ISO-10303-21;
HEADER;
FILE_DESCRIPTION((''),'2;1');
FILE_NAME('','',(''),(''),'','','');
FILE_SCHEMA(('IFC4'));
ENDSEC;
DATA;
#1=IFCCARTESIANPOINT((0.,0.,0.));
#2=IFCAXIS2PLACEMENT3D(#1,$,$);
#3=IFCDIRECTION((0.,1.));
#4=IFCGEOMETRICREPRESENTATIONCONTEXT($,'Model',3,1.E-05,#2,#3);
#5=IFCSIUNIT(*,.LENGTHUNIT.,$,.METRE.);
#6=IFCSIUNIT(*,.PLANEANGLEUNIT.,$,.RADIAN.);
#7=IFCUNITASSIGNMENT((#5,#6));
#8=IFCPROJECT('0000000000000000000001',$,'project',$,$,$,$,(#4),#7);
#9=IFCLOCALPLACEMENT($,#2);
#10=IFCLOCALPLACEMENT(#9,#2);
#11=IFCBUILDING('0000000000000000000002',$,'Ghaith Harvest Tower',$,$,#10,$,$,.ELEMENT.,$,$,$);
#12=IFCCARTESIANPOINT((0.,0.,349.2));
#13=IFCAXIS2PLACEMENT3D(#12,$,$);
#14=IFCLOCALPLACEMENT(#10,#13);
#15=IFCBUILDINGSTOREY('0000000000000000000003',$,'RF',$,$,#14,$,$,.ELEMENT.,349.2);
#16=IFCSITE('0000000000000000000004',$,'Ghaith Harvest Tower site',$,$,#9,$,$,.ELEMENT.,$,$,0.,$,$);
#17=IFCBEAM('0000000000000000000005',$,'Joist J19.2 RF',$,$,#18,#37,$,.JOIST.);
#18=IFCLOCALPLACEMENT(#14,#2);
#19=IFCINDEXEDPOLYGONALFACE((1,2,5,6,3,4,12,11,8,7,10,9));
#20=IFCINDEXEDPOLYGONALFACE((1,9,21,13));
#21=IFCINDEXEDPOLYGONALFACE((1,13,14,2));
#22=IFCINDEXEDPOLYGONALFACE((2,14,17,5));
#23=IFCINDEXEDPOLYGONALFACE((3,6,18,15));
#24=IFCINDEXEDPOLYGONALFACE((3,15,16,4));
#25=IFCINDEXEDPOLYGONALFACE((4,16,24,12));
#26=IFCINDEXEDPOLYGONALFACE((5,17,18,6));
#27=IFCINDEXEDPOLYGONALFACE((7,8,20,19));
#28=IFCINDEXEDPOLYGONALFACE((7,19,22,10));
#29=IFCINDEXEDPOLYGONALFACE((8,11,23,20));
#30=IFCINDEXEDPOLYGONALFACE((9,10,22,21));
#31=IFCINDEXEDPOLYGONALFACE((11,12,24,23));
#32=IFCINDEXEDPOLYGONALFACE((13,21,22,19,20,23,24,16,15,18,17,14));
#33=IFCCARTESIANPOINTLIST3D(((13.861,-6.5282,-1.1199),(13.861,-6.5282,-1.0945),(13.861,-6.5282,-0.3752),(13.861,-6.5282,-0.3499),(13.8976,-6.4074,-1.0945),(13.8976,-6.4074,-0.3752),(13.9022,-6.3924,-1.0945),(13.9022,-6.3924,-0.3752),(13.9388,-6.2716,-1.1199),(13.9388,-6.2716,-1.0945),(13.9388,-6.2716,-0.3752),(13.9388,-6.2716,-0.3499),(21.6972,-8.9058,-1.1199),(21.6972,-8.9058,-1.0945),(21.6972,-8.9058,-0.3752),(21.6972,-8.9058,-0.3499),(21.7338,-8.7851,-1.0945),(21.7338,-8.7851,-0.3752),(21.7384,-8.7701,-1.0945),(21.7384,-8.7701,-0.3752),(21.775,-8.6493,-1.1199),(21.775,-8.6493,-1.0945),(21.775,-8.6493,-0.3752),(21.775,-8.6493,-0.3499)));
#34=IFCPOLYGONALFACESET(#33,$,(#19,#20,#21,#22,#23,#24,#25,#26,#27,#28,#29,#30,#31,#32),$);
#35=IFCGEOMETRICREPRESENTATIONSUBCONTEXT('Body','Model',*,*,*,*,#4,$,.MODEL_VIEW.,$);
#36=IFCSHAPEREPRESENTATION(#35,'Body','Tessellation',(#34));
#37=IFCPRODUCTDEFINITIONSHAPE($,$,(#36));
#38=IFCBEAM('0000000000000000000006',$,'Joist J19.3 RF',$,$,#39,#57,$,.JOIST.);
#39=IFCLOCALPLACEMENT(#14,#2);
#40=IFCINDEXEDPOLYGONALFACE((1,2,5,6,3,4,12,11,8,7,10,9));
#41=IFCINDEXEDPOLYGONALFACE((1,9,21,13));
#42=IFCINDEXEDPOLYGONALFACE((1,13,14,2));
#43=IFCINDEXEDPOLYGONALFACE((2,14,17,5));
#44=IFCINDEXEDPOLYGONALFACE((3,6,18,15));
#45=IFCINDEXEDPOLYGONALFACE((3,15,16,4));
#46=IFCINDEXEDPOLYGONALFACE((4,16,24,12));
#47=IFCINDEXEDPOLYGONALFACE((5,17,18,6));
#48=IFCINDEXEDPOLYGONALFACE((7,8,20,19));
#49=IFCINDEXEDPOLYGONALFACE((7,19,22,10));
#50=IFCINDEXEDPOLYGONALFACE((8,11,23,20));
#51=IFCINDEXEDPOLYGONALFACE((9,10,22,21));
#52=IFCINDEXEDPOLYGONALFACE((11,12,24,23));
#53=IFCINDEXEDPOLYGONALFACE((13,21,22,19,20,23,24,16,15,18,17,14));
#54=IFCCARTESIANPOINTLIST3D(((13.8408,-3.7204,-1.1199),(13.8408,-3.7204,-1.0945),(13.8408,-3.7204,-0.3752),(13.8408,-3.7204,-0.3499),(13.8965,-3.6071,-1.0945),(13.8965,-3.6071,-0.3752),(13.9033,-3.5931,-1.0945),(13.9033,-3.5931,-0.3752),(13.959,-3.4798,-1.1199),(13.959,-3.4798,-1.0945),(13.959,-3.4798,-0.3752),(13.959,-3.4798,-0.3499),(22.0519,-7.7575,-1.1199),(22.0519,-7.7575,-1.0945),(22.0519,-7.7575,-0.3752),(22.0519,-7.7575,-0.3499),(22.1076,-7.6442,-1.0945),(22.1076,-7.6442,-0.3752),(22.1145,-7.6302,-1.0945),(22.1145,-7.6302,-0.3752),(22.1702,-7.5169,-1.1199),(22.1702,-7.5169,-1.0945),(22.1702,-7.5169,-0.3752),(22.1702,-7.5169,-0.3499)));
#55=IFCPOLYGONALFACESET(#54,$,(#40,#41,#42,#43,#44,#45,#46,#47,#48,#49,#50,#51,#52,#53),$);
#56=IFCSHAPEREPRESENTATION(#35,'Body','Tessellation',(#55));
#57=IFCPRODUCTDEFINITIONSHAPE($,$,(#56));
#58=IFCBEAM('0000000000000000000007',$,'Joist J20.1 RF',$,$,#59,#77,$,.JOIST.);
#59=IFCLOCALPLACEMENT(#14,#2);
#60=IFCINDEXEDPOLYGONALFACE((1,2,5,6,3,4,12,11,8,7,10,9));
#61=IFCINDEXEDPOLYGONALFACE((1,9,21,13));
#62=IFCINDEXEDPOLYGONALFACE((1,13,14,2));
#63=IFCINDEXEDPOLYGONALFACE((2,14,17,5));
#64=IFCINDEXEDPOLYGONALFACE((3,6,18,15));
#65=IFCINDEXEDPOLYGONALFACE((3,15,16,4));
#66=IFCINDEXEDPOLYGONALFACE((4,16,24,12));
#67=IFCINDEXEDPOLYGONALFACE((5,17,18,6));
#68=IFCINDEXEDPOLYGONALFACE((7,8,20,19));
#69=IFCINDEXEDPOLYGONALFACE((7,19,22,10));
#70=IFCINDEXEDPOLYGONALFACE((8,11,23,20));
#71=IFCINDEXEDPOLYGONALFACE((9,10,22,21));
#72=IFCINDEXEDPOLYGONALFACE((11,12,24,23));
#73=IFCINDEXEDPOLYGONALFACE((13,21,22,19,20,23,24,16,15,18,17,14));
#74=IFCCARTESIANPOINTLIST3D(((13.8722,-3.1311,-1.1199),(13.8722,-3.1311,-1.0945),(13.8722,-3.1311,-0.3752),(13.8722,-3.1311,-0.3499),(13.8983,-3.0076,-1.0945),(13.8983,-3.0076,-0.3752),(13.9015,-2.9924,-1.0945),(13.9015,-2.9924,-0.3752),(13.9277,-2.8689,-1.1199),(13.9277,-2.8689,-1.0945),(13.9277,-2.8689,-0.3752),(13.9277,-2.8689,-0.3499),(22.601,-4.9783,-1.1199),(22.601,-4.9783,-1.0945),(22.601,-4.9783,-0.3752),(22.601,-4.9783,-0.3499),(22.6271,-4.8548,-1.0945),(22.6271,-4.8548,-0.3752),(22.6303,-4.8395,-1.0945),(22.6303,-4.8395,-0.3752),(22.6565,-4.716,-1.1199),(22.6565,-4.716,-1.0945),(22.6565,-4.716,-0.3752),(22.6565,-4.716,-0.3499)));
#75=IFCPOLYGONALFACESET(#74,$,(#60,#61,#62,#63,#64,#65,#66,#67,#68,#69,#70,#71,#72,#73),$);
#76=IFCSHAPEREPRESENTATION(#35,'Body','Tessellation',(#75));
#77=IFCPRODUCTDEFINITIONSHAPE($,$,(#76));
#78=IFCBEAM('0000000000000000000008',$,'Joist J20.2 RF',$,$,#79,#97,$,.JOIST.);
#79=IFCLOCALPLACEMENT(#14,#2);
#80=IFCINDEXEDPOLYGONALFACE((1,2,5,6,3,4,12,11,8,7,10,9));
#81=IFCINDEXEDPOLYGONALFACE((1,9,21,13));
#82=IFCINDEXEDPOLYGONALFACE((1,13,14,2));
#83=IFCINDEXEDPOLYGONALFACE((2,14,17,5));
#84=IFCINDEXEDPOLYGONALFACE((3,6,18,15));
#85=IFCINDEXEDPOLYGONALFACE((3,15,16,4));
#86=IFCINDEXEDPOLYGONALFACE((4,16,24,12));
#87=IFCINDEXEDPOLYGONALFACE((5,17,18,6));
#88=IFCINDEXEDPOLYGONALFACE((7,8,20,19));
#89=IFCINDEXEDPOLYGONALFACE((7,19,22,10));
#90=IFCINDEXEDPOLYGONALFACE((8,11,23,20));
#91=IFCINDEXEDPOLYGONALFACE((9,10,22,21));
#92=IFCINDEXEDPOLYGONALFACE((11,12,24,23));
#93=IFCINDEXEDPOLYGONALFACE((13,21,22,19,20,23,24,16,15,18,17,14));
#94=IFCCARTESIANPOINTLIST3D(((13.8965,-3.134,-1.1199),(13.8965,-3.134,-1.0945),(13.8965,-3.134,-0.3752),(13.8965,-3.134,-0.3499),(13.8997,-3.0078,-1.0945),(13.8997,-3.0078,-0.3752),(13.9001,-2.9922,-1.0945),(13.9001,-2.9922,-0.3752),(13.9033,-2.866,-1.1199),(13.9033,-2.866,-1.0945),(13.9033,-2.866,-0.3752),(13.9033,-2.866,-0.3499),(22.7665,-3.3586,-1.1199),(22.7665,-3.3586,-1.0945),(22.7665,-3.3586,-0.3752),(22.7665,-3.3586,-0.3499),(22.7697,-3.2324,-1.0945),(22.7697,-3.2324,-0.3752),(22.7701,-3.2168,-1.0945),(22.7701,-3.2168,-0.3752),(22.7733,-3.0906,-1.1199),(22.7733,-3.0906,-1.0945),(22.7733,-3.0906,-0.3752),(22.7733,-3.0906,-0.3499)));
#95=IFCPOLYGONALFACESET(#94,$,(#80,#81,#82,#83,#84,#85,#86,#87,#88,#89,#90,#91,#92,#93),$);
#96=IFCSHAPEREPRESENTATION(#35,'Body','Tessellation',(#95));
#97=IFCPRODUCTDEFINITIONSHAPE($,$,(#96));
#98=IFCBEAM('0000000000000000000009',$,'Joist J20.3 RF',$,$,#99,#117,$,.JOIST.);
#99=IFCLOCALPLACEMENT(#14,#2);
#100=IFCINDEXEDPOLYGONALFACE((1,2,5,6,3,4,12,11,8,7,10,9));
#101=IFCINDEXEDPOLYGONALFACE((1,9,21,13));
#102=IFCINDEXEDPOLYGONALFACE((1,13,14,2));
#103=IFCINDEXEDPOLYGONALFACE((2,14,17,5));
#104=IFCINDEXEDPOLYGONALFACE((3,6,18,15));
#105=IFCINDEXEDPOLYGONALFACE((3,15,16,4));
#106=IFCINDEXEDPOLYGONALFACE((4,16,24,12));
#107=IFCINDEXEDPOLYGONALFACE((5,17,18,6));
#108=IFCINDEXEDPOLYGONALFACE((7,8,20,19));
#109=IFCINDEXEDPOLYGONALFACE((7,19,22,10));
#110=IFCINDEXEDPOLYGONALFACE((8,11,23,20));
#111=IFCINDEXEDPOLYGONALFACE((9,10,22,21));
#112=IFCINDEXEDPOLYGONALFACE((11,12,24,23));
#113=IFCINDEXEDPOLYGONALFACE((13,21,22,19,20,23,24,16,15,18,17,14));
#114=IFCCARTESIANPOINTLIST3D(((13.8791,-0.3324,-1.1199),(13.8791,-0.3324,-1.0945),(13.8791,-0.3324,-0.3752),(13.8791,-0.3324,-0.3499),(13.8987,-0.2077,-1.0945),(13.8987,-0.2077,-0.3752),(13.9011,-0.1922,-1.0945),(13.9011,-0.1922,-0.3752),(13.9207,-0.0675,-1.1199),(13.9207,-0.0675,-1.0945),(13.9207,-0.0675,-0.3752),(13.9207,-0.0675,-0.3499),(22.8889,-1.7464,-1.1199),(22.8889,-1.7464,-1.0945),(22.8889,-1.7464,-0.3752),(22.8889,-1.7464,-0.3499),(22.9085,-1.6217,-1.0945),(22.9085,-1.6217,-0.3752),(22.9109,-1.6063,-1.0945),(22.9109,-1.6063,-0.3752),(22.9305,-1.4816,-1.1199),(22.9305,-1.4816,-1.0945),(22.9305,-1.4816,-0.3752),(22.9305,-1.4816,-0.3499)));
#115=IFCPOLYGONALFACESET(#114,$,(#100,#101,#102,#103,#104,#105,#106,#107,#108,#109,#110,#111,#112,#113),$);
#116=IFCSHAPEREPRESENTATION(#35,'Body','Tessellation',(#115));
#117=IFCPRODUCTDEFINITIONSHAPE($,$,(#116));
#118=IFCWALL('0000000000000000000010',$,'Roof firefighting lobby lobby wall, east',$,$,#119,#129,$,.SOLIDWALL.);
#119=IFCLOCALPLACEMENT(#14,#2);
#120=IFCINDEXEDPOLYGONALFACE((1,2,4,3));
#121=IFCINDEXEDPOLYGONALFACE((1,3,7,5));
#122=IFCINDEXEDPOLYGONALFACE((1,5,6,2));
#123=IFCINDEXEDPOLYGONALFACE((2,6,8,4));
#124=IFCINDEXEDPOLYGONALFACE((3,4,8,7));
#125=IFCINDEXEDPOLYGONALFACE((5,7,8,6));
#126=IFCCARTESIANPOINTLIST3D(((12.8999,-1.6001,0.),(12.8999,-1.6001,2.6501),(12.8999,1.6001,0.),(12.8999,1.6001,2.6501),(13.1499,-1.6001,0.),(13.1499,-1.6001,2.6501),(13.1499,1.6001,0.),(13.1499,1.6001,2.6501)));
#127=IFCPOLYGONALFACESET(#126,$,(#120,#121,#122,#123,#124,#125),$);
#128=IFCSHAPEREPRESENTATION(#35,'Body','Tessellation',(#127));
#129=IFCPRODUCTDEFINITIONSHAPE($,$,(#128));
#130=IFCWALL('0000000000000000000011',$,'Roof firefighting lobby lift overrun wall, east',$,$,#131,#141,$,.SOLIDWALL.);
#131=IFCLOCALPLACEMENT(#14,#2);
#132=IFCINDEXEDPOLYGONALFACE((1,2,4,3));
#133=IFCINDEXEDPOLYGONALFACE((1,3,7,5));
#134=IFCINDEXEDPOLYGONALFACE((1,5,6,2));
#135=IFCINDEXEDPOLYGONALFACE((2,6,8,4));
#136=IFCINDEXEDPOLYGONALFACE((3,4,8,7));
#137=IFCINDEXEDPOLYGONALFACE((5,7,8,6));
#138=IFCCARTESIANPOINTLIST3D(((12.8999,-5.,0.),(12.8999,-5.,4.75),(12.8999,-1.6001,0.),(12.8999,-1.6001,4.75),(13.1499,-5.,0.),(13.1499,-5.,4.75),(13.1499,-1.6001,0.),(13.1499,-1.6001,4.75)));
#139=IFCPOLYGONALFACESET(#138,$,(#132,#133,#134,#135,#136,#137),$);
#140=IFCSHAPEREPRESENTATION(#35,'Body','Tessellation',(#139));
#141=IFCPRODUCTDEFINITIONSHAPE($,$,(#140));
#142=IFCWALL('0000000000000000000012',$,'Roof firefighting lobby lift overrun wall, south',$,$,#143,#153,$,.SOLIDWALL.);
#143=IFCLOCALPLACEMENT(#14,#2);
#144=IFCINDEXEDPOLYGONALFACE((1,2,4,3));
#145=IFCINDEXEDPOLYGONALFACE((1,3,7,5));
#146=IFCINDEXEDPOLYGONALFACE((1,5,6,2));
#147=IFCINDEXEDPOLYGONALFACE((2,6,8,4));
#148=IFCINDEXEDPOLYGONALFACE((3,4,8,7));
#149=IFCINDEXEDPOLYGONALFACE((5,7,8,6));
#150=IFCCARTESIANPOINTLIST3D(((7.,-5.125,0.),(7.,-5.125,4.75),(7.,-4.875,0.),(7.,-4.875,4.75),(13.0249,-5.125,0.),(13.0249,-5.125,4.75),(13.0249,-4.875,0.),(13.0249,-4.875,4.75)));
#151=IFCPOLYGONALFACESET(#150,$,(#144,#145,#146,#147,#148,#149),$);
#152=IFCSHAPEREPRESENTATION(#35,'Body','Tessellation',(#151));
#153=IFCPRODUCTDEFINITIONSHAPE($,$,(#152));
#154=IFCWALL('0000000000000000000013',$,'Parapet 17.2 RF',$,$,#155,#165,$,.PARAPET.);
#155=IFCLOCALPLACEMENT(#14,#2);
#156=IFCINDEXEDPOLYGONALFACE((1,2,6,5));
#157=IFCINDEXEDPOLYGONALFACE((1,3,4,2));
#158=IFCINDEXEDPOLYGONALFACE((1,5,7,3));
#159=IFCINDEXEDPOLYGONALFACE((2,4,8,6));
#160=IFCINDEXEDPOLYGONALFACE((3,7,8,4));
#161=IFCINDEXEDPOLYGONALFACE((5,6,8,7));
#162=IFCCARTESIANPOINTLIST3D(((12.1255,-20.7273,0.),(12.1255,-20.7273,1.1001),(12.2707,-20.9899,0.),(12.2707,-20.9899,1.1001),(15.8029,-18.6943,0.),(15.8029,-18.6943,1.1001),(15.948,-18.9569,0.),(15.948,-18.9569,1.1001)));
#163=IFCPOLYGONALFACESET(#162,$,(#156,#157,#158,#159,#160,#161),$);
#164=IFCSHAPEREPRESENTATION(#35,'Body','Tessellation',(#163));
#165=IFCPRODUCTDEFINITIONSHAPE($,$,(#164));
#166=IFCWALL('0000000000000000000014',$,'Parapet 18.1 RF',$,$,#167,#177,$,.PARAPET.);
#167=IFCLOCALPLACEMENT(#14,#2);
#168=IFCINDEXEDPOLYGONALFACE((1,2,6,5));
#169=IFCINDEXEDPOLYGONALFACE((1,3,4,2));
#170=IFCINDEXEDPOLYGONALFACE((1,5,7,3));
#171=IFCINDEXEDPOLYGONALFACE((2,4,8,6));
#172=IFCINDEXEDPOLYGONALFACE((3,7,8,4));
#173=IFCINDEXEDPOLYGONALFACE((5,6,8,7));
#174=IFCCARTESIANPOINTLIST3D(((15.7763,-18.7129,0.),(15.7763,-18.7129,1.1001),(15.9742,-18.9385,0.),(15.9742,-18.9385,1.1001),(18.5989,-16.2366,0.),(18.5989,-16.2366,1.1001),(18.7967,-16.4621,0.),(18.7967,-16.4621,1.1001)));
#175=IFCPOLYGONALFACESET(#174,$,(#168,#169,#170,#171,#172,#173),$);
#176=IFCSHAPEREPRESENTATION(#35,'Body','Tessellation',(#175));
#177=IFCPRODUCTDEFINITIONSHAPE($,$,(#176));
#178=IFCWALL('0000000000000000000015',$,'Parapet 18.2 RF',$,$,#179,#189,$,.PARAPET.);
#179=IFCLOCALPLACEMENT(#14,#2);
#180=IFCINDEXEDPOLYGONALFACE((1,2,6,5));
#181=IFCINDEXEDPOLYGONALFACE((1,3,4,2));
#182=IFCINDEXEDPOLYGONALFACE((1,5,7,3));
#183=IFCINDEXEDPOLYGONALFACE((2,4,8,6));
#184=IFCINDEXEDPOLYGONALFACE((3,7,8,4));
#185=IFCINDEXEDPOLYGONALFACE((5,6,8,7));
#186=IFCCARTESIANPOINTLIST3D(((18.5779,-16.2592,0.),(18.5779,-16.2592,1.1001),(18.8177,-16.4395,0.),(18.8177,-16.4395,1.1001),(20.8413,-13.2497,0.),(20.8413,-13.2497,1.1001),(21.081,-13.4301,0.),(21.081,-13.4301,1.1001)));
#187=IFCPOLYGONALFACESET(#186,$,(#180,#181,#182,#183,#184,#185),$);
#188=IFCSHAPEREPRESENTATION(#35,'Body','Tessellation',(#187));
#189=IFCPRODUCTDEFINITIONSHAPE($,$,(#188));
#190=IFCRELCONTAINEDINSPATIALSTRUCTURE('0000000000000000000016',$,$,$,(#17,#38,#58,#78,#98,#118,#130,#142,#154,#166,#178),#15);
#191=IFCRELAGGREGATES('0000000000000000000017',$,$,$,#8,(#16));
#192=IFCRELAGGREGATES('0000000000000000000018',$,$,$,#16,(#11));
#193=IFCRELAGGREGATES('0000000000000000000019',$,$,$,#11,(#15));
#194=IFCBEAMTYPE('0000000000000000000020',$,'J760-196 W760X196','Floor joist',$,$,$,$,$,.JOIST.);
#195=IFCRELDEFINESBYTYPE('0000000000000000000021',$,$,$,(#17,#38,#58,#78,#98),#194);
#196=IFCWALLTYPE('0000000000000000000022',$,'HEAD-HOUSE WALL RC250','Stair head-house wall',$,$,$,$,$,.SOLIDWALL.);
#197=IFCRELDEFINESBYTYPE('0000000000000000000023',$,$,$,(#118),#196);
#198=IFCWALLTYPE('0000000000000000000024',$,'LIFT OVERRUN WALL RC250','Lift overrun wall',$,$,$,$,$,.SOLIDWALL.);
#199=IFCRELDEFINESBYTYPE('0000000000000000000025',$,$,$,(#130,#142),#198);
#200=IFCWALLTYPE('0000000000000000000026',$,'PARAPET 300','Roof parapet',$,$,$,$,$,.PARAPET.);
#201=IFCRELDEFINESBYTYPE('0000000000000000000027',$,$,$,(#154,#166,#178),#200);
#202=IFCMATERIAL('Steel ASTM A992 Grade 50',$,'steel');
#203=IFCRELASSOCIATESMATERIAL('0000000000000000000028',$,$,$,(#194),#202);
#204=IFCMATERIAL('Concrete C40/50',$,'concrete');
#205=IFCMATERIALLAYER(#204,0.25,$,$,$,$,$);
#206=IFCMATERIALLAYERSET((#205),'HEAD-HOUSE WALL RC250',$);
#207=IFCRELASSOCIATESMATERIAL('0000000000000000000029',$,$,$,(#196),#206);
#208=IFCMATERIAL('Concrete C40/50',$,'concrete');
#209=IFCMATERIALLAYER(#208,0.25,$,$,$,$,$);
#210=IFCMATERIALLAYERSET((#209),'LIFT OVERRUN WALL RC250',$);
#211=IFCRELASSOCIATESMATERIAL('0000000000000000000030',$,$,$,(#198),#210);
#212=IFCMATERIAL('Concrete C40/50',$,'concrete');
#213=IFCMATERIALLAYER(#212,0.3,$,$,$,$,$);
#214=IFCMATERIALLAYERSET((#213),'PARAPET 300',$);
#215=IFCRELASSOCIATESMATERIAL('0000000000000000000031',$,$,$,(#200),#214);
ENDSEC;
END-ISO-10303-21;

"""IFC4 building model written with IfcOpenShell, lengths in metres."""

from ifc_helpers import new_model, si_unit, direction, frame, frame_2d, origin, origin_2d, place, context, subcontext, project, spatial, rectangle, i_section, extrude, material, layer, layer_set, material_profile, profile_set, type_object, element, save


model = new_model("IFC4")

# Units and contexts
model_context = context("Model", 3, precision=1e-05, world=origin(), true_north=direction((0.0, 1.0)))
body_context = subcontext(model_context, "Body", "Model", "MODEL_VIEW")
ifc_project = project(units=[si_unit("LENGTHUNIT", "METRE"), si_unit("PLANEANGLEUNIT", "RADIAN")], contexts=[model_context])

# Site, building, storey
site_placement = place(None, origin())
site = spatial("IfcSite", under=ifc_project, at=site_placement, Name="Ghaith Harvest Tower site", CompositionType="ELEMENT", RefElevation=0.0)
building_placement = place(site_placement, origin())
building = spatial("IfcBuilding", under=site, at=building_placement, Name="Ghaith Harvest Tower", CompositionType="ELEMENT")
storey_placement = place(building_placement, frame((0.0, 0.0, 349.2)))
storey = spatial("IfcBuildingStorey", under=building, at=storey_placement, Name="RF", CompositionType="ELEMENT", Elevation=349.2)

# Beams
ifc_material_1 = material(Name="Steel ASTM A992 Grade 50", Category="steel")
ifc_material_profile_1 = material_profile(ifc_material_1, i_section(OverallWidth=0.2681, OverallDepth=0.77, WebThickness=0.0156, FlangeThickness=0.0254, at=origin_2d()), Name="W760X196")
ifc_profile_set_1 = profile_set([ifc_material_profile_1], Name="Steel ASTM A992 Grade 50")
beam_type_1 = type_object("IfcBeamType", Name="J760-196 W760X196", Description="Floor joist", PredefinedType="JOIST", material=ifc_profile_set_1)
beam_1_placement = place(storey_placement, frame((13.8999, -6.3999, -0.7349), z_axis=(0.95692, -0.290352, 0.0), x_axis=(0.290352, 0.95692, 0.0)))
element("IfcBeam", 1, at=beam_1_placement, inside=storey, type_object=beam_type_1, Name="Joist J19.2 RF", PredefinedType="JOIST", context=body_context, shape_type="SweptSolid", body=[
    extrude(i_section(OverallWidth=0.2681, OverallDepth=0.77, WebThickness=0.0156, FlangeThickness=0.0254, at=origin_2d()), origin(), (0.0, 0.0, 1.0), 8.189),
])
beam_2_placement = place(storey_placement, frame((13.8999, -3.6001, -0.7349), z_axis=(0.897401, -0.441216, 0.0), x_axis=(0.441216, 0.897401, 0.0)))
element("IfcBeam", 2, at=beam_2_placement, inside=storey, type_object=beam_type_1, Name="Joist J19.3 RF", PredefinedType="JOIST", context=body_context, shape_type="SweptSolid", body=[
    extrude(i_section(OverallWidth=0.2681, OverallDepth=0.77, WebThickness=0.0156, FlangeThickness=0.0254, at=origin_2d()), origin(), (0.0, 0.0, 1.0), 9.1499),
])
beam_3_placement = place(storey_placement, frame((13.8999, -3.0, -0.7349), z_axis=(0.978334, -0.207034, 0.0), x_axis=(0.207034, 0.978334, 0.0)))
element("IfcBeam", 3, at=beam_3_placement, inside=storey, type_object=beam_type_1, Name="Joist J20.1 RF", PredefinedType="JOIST", context=body_context, shape_type="SweptSolid", body=[
    extrude(i_section(OverallWidth=0.2681, OverallDepth=0.77, WebThickness=0.0156, FlangeThickness=0.0254, at=origin_2d()), origin(), (0.0, 0.0, 1.0), 8.9221),
])
beam_4_placement = place(storey_placement, frame((13.8999, -3.0, -0.7349), z_axis=(0.99968, -0.025315, 0.0), x_axis=(0.025315, 0.99968, 0.0)))
element("IfcBeam", 4, at=beam_4_placement, inside=storey, type_object=beam_type_1, Name="Joist J20.2 RF", PredefinedType="JOIST", context=body_context, shape_type="SweptSolid", body=[
    extrude(i_section(OverallWidth=0.2681, OverallDepth=0.77, WebThickness=0.0156, FlangeThickness=0.0254, at=origin_2d()), origin(), (0.0, 0.0, 1.0), 8.8728),
])
beam_5_placement = place(storey_placement, frame((13.8999, -0.2, -0.7349), z_axis=(0.987907, -0.15505, 0.0), x_axis=(0.15505, 0.987907, 0.0)))
element("IfcBeam", 5, at=beam_5_placement, inside=storey, type_object=beam_type_1, Name="Joist J20.3 RF", PredefinedType="JOIST", context=body_context, shape_type="SweptSolid", body=[
    extrude(i_section(OverallWidth=0.2681, OverallDepth=0.77, WebThickness=0.0156, FlangeThickness=0.0254, at=origin_2d()), origin(), (0.0, 0.0, 1.0), 9.1201),
])

# Walls
ifc_material_2 = material(Name="Concrete C40/50", Category="concrete")
ifc_layer_1 = layer(ifc_material_2, 0.25)
ifc_layer_set_1 = layer_set([ifc_layer_1], Name="HEAD-HOUSE WALL RC250")
wall_type_1 = type_object("IfcWallType", Name="HEAD-HOUSE WALL RC250", Description="Stair head-house wall", PredefinedType="SOLIDWALL", material=ifc_layer_set_1)
wall_1_placement = place(storey_placement, frame((13.0249, -1.6001, 0.0), z_axis=(0.0, 0.0, 1.0), x_axis=(0.0, 1.0, 0.0)))
element("IfcWall", 6, at=wall_1_placement, inside=storey, type_object=wall_type_1, Name="Roof firefighting lobby lobby wall, east", PredefinedType="SOLIDWALL", context=body_context, shape_type="SweptSolid", body=[
    extrude(rectangle(XDim=3.2002, YDim=0.25, at=frame_2d((1.6001, 0.0))), origin(), (0.0, 0.0, 1.0), 2.6501),
])
ifc_material_3 = material(Name="Concrete C40/50", Category="concrete")
ifc_layer_2 = layer(ifc_material_3, 0.25)
ifc_layer_set_2 = layer_set([ifc_layer_2], Name="LIFT OVERRUN WALL RC250")
wall_type_2 = type_object("IfcWallType", Name="LIFT OVERRUN WALL RC250", Description="Lift overrun wall", PredefinedType="SOLIDWALL", material=ifc_layer_set_2)
wall_2_placement = place(storey_placement, frame((13.0249, -1.6001, 0.0), z_axis=(0.0, 0.0, 1.0), x_axis=(0.0, -1.0, 0.0)))
element("IfcWall", 7, at=wall_2_placement, inside=storey, type_object=wall_type_2, Name="Roof firefighting lobby lift overrun wall, east", PredefinedType="SOLIDWALL", context=body_context, shape_type="SweptSolid", body=[
    extrude(rectangle(XDim=3.3999, YDim=0.25, at=frame_2d((1.7, 0.0))), origin(), (0.0, 0.0, 1.0), 4.75),
])
wall_3_placement = place(storey_placement, frame((13.0249, -5.0, 0.0), z_axis=(0.0, 0.0, 1.0), x_axis=(-1.0, 0.0, 0.0)))
element("IfcWall", 8, at=wall_3_placement, inside=storey, type_object=wall_type_2, Name="Roof firefighting lobby lift overrun wall, south", PredefinedType="SOLIDWALL", context=body_context, shape_type="SweptSolid", body=[
    extrude(rectangle(XDim=6.0249, YDim=0.25, at=frame_2d((3.0125, 0.0))), origin(), (0.0, 0.0, 1.0), 4.75),
])
ifc_material_4 = material(Name="Concrete C40/50", Category="concrete")
ifc_layer_3 = layer(ifc_material_4, 0.3)
ifc_layer_set_3 = layer_set([ifc_layer_3], Name="PARAPET 300")
wall_type_3 = type_object("IfcWallType", Name="PARAPET 300", Description="Roof parapet", PredefinedType="PARAPET", material=ifc_layer_set_3)
wall_4_placement = place(storey_placement, frame((12.198, -20.8586, 0.0), z_axis=(0.0, 0.0, 1.0), x_axis=(0.875161, 0.483831, 0.0)))
element("IfcWall", 9, at=wall_4_placement, inside=storey, type_object=wall_type_3, Name="Parapet 17.2 RF", PredefinedType="PARAPET", context=body_context, shape_type="SweptSolid", body=[
    extrude(rectangle(XDim=4.2019, YDim=0.3, at=frame_2d((2.1011, 0.0))), origin(), (0.0, 0.0, 1.0), 1.1001),
])
wall_5_placement = place(storey_placement, frame((15.8752, -18.8257, 0.0), z_axis=(0.0, 0.0, 1.0), x_axis=(0.751702, 0.659503, 0.0)))
element("IfcWall", 10, at=wall_5_placement, inside=storey, type_object=wall_type_3, Name="Parapet 18.1 RF", PredefinedType="PARAPET", context=body_context, shape_type="SweptSolid", body=[
    extrude(rectangle(XDim=3.7549, YDim=0.3, at=frame_2d((1.8774, 0.0))), origin(), (0.0, 0.0, 1.0), 1.1001),
])
wall_6_placement = place(storey_placement, frame((18.6978, -16.3494, 0.0), z_axis=(0.0, 0.0, 1.0), x_axis=(0.601068, 0.799198, 0.0)))
element("IfcWall", 11, at=wall_6_placement, inside=storey, type_object=wall_type_3, Name="Parapet 18.2 RF", PredefinedType="PARAPET", context=body_context, shape_type="SweptSolid", body=[
    extrude(rectangle(XDim=3.7656, YDim=0.3, at=frame_2d((1.8828, 0.0))), origin(), (0.0, 0.0, 1.0), 1.1001),
])

save(model, "model.ifc")
